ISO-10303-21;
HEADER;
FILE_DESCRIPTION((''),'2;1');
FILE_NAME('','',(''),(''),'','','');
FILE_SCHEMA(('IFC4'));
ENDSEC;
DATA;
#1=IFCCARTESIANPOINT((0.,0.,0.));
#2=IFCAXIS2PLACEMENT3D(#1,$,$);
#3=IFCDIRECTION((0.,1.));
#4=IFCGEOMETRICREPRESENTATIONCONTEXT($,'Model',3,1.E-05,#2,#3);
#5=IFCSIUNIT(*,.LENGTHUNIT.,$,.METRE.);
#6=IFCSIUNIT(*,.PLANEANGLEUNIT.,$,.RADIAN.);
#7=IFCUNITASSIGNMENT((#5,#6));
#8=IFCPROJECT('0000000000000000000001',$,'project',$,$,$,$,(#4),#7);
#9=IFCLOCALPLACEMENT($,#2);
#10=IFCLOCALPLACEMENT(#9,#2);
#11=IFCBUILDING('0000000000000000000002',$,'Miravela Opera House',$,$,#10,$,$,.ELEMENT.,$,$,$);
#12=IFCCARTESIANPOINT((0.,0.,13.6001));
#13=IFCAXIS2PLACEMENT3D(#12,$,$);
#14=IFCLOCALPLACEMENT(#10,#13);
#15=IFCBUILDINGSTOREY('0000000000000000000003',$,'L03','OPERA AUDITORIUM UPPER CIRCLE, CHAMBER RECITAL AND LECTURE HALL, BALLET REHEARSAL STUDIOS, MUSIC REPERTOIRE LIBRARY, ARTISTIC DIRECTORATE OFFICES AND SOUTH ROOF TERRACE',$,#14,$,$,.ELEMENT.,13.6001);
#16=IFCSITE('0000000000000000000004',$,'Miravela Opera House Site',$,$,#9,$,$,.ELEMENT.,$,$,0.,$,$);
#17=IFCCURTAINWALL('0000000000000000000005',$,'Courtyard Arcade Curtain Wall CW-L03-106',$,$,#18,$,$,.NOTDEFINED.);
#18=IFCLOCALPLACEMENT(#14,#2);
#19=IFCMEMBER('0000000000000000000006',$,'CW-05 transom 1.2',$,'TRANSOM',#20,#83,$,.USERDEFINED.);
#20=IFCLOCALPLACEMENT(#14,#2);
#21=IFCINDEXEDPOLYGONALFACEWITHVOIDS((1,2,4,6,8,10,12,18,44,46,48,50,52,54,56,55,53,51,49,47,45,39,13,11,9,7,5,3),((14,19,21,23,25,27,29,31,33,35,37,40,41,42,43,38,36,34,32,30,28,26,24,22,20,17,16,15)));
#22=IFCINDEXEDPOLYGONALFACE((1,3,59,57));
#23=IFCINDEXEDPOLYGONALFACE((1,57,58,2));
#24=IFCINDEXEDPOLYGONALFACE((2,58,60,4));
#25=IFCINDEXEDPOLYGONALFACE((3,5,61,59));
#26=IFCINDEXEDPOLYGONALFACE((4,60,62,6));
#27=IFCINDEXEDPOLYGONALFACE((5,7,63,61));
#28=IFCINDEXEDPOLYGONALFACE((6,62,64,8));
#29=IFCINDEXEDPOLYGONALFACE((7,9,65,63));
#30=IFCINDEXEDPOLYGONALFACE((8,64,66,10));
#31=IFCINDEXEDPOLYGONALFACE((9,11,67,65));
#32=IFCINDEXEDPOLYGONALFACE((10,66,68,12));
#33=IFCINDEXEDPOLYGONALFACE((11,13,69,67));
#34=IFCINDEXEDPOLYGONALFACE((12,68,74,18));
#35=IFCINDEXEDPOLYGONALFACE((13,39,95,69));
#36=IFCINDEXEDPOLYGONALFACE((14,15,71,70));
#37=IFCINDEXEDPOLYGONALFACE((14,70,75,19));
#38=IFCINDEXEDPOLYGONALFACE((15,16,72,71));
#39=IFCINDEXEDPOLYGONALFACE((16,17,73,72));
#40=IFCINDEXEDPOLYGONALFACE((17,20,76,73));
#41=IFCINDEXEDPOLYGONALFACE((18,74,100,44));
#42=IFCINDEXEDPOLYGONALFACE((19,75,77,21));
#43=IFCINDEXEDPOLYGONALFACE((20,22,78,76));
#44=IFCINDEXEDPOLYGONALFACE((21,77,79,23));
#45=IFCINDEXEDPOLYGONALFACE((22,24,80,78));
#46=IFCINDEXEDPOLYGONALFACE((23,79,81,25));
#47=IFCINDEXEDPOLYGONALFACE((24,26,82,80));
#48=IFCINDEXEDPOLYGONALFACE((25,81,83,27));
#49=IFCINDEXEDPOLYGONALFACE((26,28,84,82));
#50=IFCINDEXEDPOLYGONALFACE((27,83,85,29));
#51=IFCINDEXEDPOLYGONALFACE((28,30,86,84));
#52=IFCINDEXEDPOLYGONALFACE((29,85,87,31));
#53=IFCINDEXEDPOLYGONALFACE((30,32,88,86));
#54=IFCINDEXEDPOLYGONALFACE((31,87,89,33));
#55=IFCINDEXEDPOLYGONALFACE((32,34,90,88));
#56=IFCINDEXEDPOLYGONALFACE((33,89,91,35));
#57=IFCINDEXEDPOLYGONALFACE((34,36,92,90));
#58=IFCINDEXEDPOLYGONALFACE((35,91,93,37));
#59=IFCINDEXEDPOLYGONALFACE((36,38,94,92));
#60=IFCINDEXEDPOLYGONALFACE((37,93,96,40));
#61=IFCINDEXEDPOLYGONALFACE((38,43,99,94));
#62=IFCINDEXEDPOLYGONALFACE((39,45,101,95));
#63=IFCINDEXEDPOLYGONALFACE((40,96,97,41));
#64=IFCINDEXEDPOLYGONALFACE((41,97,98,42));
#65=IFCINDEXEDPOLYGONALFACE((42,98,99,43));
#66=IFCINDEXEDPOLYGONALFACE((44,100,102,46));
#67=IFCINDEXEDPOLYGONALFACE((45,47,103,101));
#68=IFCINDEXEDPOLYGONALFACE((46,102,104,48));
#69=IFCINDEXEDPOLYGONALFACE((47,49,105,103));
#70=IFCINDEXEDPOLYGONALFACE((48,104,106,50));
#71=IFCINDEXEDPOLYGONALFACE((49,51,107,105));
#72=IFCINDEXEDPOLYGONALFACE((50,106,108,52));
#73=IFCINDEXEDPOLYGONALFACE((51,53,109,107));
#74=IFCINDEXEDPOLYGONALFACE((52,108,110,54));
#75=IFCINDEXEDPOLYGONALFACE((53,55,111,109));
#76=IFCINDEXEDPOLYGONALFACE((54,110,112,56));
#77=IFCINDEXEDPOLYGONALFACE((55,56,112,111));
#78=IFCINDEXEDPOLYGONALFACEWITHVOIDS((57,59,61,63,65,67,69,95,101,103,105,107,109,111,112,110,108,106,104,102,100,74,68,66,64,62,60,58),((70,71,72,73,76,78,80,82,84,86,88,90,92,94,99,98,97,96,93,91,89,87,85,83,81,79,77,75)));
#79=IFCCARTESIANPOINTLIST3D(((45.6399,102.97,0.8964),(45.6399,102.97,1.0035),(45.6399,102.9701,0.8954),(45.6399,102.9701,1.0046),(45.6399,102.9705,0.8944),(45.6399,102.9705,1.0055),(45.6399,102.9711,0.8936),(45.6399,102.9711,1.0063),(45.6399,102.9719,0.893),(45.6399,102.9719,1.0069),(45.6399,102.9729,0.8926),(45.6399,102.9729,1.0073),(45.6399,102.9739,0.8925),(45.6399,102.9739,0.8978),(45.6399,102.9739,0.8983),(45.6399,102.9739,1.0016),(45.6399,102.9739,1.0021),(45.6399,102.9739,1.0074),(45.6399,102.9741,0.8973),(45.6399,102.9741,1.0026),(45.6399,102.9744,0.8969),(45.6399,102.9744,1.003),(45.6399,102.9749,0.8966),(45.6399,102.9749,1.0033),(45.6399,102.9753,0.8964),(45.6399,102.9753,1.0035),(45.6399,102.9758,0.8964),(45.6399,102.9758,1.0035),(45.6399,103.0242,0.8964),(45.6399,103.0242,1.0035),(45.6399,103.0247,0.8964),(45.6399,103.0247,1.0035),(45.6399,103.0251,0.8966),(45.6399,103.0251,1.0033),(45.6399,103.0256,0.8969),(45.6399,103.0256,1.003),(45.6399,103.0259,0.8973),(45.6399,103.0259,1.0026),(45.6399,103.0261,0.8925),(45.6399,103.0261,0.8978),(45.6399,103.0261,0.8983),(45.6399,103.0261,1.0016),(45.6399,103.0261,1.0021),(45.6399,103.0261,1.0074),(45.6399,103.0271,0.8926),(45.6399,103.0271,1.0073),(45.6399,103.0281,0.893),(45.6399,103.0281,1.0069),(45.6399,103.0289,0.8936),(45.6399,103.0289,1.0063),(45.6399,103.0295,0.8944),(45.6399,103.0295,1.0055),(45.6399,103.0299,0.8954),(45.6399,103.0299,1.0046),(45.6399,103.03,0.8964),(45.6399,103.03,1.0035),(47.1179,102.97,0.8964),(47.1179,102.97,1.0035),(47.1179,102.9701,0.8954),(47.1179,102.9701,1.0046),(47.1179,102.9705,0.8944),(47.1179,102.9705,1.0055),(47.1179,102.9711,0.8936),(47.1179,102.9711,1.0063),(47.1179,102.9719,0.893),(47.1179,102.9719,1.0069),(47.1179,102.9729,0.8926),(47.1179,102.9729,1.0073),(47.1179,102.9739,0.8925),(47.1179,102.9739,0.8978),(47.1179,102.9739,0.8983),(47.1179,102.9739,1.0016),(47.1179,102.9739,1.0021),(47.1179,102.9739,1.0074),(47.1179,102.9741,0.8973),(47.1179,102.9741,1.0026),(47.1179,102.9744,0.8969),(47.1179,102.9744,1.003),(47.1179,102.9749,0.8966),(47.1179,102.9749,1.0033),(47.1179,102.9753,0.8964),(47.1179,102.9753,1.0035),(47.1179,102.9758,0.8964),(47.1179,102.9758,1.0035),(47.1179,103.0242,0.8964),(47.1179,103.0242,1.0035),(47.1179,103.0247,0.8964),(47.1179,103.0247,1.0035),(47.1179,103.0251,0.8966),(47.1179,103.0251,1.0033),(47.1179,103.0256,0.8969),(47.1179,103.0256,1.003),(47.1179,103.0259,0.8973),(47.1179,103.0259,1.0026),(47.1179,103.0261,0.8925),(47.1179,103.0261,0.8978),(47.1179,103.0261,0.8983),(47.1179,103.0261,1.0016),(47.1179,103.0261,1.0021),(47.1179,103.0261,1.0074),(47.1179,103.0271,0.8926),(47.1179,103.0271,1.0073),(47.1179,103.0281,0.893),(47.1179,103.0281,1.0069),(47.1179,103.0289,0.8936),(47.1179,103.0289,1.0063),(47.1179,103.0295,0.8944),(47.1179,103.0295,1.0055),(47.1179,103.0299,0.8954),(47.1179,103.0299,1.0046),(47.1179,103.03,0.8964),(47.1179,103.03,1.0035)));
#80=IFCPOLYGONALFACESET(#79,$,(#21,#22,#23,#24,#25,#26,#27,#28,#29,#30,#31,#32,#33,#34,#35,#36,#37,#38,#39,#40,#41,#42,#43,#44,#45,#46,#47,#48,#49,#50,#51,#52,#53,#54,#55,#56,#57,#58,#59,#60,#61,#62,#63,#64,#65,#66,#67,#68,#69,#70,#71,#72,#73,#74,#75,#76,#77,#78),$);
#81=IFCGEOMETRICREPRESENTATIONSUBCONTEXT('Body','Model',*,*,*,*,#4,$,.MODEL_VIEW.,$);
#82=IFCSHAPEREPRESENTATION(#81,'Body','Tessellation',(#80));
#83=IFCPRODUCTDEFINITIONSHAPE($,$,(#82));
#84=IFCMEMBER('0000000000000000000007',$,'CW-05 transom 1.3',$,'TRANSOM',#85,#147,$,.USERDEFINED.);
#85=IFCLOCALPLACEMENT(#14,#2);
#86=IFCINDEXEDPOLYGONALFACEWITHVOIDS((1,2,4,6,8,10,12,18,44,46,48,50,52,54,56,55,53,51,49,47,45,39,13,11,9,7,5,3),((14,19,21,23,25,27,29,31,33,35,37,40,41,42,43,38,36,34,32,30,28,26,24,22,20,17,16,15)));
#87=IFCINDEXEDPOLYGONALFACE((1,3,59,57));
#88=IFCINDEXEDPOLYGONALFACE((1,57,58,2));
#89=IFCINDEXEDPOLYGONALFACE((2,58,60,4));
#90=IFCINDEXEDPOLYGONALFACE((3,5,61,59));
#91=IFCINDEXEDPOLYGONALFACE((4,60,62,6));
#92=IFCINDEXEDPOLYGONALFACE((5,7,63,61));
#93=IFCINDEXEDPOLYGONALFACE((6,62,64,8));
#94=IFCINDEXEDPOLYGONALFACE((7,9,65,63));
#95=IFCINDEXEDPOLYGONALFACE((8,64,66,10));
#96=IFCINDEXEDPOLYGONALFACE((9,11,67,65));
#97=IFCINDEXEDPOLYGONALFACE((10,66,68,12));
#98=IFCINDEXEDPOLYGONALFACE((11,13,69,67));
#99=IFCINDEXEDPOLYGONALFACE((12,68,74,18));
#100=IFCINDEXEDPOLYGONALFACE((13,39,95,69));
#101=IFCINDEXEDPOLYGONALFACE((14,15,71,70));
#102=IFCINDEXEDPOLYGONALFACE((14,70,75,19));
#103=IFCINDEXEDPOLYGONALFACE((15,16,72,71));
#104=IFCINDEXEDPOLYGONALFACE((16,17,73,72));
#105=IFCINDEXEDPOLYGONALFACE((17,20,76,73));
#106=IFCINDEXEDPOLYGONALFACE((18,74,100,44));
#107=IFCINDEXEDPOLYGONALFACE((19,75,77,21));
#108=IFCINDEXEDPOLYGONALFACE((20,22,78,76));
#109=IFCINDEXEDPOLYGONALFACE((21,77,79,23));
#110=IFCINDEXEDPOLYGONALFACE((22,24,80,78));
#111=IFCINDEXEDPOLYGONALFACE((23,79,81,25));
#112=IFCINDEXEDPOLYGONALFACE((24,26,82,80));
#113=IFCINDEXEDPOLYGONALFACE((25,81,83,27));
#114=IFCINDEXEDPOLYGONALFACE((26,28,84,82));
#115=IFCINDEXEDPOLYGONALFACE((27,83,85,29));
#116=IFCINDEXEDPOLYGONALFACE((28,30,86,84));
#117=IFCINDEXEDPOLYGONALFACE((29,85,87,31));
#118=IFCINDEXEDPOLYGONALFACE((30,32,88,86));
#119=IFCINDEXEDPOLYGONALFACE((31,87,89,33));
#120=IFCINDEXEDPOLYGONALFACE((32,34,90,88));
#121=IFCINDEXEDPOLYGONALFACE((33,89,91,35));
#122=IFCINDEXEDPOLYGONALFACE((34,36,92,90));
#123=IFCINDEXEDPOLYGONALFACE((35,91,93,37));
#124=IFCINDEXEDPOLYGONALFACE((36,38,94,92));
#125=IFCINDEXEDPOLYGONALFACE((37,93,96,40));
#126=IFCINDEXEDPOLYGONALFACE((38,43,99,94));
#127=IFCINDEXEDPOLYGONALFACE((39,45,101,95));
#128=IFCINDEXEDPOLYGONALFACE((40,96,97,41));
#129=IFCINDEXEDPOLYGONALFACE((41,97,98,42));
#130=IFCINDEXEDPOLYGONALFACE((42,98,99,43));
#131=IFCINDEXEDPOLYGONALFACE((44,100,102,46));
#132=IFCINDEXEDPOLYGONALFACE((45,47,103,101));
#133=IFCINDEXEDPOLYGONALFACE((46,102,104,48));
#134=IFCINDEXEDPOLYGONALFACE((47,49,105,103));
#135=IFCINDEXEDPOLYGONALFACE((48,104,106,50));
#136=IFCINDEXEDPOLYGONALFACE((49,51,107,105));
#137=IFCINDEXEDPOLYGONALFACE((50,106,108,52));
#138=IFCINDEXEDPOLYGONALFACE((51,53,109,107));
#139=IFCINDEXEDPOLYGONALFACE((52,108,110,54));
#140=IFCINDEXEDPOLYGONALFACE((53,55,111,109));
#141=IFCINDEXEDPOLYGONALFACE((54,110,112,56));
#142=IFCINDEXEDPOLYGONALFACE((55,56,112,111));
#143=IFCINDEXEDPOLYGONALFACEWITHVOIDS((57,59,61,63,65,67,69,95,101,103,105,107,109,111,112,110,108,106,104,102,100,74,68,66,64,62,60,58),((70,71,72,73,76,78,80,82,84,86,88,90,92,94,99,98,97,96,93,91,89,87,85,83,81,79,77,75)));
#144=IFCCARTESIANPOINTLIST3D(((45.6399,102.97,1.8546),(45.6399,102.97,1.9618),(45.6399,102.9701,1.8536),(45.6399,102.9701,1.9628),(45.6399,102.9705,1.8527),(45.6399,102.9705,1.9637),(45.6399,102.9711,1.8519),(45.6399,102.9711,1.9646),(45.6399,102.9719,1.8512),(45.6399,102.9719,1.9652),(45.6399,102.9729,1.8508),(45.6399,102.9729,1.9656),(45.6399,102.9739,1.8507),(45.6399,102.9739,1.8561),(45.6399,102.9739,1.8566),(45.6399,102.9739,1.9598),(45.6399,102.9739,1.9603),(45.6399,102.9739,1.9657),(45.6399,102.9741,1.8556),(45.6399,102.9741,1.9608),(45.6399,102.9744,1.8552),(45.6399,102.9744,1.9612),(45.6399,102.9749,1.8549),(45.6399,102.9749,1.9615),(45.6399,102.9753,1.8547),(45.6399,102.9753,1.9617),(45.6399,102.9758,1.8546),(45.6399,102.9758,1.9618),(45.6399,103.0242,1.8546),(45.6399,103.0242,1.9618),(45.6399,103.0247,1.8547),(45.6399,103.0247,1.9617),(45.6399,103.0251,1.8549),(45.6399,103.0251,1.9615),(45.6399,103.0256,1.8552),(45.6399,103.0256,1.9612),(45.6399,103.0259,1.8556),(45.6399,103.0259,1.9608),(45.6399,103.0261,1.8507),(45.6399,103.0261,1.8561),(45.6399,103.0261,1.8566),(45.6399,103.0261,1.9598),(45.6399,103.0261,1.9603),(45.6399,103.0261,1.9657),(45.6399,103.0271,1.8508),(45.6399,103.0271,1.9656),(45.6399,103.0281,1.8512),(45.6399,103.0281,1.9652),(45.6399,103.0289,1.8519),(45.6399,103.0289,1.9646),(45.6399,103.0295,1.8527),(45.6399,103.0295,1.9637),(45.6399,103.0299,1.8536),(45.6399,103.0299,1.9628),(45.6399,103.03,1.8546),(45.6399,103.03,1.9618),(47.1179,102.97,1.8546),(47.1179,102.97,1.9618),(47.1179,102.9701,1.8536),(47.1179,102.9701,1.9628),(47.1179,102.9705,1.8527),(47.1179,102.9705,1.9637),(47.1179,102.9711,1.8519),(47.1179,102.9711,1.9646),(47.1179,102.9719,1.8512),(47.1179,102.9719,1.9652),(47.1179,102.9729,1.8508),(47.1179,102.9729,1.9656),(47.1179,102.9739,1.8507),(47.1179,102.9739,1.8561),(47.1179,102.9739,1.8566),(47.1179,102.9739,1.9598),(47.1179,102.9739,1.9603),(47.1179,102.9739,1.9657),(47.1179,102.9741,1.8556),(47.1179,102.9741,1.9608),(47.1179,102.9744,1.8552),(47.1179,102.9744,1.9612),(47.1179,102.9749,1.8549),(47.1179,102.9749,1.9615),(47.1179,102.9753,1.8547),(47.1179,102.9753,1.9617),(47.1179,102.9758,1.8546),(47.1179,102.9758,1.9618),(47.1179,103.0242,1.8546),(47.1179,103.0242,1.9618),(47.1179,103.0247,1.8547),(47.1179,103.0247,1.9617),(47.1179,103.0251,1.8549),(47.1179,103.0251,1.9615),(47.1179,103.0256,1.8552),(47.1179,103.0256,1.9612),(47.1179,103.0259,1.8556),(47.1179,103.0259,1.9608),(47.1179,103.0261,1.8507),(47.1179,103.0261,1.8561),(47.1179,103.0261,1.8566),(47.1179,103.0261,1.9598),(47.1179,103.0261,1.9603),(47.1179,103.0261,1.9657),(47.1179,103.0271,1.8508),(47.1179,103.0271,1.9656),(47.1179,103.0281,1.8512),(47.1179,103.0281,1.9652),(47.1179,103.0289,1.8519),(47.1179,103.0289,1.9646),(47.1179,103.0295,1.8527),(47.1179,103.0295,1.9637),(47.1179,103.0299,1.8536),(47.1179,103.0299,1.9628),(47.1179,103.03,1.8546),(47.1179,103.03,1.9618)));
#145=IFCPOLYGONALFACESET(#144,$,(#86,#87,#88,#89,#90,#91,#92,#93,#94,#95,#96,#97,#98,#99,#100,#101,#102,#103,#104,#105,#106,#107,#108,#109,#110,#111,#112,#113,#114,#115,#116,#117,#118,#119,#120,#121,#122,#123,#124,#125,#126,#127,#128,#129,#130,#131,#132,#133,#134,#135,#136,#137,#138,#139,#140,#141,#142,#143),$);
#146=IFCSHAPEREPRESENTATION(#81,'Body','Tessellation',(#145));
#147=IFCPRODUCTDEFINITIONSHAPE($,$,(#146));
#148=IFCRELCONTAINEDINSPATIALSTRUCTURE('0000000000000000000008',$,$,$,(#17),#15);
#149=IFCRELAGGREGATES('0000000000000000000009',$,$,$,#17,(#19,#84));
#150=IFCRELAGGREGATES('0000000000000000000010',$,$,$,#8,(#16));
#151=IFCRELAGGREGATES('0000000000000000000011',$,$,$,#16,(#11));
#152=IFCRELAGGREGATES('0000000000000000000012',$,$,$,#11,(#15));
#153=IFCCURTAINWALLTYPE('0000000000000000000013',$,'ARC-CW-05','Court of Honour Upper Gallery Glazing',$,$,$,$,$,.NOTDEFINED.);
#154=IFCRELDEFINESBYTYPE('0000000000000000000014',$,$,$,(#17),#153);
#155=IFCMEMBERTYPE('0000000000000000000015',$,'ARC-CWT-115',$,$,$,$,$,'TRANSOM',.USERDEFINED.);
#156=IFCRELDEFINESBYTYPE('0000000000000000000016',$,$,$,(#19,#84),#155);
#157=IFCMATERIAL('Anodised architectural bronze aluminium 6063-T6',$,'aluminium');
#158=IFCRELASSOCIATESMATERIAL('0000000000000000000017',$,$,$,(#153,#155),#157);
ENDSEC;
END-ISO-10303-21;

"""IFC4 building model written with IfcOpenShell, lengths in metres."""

from ifc_helpers import new_model, si_unit, direction, frame, origin, origin_2d, place, context, subcontext, project, spatial, hollow_rectangle, extrude, material, material_profile, profile_set, type_object, element, aggregate, save


model = new_model("IFC4")

# Units and contexts
model_context = context("Model", 3, precision=1e-05, world=origin(), true_north=direction((0.0, 1.0)))
body_context = subcontext(model_context, "Body", "Model", "MODEL_VIEW")
ifc_project = project(units=[si_unit("LENGTHUNIT", "METRE"), si_unit("PLANEANGLEUNIT", "RADIAN")], contexts=[model_context])

# Site, building, storey
site_placement = place(None, origin())
site = spatial("IfcSite", under=ifc_project, at=site_placement, Name="Miravela Opera House Site", CompositionType="ELEMENT", RefElevation=0.0)
building_placement = place(site_placement, origin())
building = spatial("IfcBuilding", under=site, at=building_placement, Name="Miravela Opera House", CompositionType="ELEMENT")
storey_placement = place(building_placement, frame((0.0, 0.0, 13.6001)))
storey = spatial("IfcBuildingStorey", under=building, at=storey_placement, Name="L03", Description="OPERA AUDITORIUM UPPER CIRCLE, CHAMBER RECITAL AND LECTURE HALL, BALLET REHEARSAL STUDIOS, MUSIC REPERTOIRE LIBRARY, ARTISTIC DIRECTORATE OFFICES AND SOUTH ROOF TERRACE", CompositionType="ELEMENT", Elevation=13.6001)

# Shared definitions
ifc_material_1 = material(Name="Anodised architectural bronze aluminium 6063-T6", Category="aluminium")
curtain_wall_type = type_object("IfcCurtainWallType", Name="ARC-CW-05", Description="Court of Honour Upper Gallery Glazing", PredefinedType="NOTDEFINED", material=ifc_material_1)

# Curtain wall
curtain_wall_1_placement = place(storey_placement, origin())
curtain_wall_1 = element("IfcCurtainWall", 1, at=curtain_wall_1_placement, inside=storey, type_object=curtain_wall_type, Name="Courtyard Arcade Curtain Wall CW-L03-106", PredefinedType="NOTDEFINED")

# Members
ifc_material_profile_1 = material_profile(ifc_material_1, hollow_rectangle(XDim=0.0601, YDim=0.115, WallThickness=0.0039, InnerFilletRadius=0.002, OuterFilletRadius=0.0039, at=origin_2d()), Name="CWT-60X115")
ifc_profile_set_1 = profile_set([ifc_material_profile_1])
member_type_1 = type_object("IfcMemberType", Name="ARC-CWT-115", ElementType="TRANSOM", PredefinedType="USERDEFINED", material=ifc_profile_set_1)
member_1_placement = place(storey_placement, frame((45.6399, 103.0, 0.95), z_axis=(1.0, 0.0, 0.0), x_axis=(0.0, 1.0, 0.0)))
member_1 = element("IfcMember", 2, at=member_1_placement, type_object=member_type_1, Name="CW-05 transom 1.2", ObjectType="TRANSOM", PredefinedType="USERDEFINED", context=body_context, shape_type="SweptSolid", body=[
    extrude(hollow_rectangle(XDim=0.0601, YDim=0.115, WallThickness=0.0039, InnerFilletRadius=0.002, OuterFilletRadius=0.0039, at=origin_2d()), origin(), (0.0, 0.0, 1.0), 1.478),
])
member_2_placement = place(storey_placement, frame((45.6399, 103.0, 1.9082), z_axis=(1.0, 0.0, 0.0), x_axis=(0.0, 1.0, 0.0)))
member_2 = element("IfcMember", 3, at=member_2_placement, type_object=member_type_1, Name="CW-05 transom 1.3", ObjectType="TRANSOM", PredefinedType="USERDEFINED", context=body_context, shape_type="SweptSolid", body=[
    extrude(hollow_rectangle(XDim=0.0601, YDim=0.115, WallThickness=0.0039, InnerFilletRadius=0.002, OuterFilletRadius=0.0039, at=origin_2d()), origin(), (0.0, 0.0, 1.0), 1.478),
])

aggregate(curtain_wall_1, [member_1, member_2])

save(model, "model.ifc")
